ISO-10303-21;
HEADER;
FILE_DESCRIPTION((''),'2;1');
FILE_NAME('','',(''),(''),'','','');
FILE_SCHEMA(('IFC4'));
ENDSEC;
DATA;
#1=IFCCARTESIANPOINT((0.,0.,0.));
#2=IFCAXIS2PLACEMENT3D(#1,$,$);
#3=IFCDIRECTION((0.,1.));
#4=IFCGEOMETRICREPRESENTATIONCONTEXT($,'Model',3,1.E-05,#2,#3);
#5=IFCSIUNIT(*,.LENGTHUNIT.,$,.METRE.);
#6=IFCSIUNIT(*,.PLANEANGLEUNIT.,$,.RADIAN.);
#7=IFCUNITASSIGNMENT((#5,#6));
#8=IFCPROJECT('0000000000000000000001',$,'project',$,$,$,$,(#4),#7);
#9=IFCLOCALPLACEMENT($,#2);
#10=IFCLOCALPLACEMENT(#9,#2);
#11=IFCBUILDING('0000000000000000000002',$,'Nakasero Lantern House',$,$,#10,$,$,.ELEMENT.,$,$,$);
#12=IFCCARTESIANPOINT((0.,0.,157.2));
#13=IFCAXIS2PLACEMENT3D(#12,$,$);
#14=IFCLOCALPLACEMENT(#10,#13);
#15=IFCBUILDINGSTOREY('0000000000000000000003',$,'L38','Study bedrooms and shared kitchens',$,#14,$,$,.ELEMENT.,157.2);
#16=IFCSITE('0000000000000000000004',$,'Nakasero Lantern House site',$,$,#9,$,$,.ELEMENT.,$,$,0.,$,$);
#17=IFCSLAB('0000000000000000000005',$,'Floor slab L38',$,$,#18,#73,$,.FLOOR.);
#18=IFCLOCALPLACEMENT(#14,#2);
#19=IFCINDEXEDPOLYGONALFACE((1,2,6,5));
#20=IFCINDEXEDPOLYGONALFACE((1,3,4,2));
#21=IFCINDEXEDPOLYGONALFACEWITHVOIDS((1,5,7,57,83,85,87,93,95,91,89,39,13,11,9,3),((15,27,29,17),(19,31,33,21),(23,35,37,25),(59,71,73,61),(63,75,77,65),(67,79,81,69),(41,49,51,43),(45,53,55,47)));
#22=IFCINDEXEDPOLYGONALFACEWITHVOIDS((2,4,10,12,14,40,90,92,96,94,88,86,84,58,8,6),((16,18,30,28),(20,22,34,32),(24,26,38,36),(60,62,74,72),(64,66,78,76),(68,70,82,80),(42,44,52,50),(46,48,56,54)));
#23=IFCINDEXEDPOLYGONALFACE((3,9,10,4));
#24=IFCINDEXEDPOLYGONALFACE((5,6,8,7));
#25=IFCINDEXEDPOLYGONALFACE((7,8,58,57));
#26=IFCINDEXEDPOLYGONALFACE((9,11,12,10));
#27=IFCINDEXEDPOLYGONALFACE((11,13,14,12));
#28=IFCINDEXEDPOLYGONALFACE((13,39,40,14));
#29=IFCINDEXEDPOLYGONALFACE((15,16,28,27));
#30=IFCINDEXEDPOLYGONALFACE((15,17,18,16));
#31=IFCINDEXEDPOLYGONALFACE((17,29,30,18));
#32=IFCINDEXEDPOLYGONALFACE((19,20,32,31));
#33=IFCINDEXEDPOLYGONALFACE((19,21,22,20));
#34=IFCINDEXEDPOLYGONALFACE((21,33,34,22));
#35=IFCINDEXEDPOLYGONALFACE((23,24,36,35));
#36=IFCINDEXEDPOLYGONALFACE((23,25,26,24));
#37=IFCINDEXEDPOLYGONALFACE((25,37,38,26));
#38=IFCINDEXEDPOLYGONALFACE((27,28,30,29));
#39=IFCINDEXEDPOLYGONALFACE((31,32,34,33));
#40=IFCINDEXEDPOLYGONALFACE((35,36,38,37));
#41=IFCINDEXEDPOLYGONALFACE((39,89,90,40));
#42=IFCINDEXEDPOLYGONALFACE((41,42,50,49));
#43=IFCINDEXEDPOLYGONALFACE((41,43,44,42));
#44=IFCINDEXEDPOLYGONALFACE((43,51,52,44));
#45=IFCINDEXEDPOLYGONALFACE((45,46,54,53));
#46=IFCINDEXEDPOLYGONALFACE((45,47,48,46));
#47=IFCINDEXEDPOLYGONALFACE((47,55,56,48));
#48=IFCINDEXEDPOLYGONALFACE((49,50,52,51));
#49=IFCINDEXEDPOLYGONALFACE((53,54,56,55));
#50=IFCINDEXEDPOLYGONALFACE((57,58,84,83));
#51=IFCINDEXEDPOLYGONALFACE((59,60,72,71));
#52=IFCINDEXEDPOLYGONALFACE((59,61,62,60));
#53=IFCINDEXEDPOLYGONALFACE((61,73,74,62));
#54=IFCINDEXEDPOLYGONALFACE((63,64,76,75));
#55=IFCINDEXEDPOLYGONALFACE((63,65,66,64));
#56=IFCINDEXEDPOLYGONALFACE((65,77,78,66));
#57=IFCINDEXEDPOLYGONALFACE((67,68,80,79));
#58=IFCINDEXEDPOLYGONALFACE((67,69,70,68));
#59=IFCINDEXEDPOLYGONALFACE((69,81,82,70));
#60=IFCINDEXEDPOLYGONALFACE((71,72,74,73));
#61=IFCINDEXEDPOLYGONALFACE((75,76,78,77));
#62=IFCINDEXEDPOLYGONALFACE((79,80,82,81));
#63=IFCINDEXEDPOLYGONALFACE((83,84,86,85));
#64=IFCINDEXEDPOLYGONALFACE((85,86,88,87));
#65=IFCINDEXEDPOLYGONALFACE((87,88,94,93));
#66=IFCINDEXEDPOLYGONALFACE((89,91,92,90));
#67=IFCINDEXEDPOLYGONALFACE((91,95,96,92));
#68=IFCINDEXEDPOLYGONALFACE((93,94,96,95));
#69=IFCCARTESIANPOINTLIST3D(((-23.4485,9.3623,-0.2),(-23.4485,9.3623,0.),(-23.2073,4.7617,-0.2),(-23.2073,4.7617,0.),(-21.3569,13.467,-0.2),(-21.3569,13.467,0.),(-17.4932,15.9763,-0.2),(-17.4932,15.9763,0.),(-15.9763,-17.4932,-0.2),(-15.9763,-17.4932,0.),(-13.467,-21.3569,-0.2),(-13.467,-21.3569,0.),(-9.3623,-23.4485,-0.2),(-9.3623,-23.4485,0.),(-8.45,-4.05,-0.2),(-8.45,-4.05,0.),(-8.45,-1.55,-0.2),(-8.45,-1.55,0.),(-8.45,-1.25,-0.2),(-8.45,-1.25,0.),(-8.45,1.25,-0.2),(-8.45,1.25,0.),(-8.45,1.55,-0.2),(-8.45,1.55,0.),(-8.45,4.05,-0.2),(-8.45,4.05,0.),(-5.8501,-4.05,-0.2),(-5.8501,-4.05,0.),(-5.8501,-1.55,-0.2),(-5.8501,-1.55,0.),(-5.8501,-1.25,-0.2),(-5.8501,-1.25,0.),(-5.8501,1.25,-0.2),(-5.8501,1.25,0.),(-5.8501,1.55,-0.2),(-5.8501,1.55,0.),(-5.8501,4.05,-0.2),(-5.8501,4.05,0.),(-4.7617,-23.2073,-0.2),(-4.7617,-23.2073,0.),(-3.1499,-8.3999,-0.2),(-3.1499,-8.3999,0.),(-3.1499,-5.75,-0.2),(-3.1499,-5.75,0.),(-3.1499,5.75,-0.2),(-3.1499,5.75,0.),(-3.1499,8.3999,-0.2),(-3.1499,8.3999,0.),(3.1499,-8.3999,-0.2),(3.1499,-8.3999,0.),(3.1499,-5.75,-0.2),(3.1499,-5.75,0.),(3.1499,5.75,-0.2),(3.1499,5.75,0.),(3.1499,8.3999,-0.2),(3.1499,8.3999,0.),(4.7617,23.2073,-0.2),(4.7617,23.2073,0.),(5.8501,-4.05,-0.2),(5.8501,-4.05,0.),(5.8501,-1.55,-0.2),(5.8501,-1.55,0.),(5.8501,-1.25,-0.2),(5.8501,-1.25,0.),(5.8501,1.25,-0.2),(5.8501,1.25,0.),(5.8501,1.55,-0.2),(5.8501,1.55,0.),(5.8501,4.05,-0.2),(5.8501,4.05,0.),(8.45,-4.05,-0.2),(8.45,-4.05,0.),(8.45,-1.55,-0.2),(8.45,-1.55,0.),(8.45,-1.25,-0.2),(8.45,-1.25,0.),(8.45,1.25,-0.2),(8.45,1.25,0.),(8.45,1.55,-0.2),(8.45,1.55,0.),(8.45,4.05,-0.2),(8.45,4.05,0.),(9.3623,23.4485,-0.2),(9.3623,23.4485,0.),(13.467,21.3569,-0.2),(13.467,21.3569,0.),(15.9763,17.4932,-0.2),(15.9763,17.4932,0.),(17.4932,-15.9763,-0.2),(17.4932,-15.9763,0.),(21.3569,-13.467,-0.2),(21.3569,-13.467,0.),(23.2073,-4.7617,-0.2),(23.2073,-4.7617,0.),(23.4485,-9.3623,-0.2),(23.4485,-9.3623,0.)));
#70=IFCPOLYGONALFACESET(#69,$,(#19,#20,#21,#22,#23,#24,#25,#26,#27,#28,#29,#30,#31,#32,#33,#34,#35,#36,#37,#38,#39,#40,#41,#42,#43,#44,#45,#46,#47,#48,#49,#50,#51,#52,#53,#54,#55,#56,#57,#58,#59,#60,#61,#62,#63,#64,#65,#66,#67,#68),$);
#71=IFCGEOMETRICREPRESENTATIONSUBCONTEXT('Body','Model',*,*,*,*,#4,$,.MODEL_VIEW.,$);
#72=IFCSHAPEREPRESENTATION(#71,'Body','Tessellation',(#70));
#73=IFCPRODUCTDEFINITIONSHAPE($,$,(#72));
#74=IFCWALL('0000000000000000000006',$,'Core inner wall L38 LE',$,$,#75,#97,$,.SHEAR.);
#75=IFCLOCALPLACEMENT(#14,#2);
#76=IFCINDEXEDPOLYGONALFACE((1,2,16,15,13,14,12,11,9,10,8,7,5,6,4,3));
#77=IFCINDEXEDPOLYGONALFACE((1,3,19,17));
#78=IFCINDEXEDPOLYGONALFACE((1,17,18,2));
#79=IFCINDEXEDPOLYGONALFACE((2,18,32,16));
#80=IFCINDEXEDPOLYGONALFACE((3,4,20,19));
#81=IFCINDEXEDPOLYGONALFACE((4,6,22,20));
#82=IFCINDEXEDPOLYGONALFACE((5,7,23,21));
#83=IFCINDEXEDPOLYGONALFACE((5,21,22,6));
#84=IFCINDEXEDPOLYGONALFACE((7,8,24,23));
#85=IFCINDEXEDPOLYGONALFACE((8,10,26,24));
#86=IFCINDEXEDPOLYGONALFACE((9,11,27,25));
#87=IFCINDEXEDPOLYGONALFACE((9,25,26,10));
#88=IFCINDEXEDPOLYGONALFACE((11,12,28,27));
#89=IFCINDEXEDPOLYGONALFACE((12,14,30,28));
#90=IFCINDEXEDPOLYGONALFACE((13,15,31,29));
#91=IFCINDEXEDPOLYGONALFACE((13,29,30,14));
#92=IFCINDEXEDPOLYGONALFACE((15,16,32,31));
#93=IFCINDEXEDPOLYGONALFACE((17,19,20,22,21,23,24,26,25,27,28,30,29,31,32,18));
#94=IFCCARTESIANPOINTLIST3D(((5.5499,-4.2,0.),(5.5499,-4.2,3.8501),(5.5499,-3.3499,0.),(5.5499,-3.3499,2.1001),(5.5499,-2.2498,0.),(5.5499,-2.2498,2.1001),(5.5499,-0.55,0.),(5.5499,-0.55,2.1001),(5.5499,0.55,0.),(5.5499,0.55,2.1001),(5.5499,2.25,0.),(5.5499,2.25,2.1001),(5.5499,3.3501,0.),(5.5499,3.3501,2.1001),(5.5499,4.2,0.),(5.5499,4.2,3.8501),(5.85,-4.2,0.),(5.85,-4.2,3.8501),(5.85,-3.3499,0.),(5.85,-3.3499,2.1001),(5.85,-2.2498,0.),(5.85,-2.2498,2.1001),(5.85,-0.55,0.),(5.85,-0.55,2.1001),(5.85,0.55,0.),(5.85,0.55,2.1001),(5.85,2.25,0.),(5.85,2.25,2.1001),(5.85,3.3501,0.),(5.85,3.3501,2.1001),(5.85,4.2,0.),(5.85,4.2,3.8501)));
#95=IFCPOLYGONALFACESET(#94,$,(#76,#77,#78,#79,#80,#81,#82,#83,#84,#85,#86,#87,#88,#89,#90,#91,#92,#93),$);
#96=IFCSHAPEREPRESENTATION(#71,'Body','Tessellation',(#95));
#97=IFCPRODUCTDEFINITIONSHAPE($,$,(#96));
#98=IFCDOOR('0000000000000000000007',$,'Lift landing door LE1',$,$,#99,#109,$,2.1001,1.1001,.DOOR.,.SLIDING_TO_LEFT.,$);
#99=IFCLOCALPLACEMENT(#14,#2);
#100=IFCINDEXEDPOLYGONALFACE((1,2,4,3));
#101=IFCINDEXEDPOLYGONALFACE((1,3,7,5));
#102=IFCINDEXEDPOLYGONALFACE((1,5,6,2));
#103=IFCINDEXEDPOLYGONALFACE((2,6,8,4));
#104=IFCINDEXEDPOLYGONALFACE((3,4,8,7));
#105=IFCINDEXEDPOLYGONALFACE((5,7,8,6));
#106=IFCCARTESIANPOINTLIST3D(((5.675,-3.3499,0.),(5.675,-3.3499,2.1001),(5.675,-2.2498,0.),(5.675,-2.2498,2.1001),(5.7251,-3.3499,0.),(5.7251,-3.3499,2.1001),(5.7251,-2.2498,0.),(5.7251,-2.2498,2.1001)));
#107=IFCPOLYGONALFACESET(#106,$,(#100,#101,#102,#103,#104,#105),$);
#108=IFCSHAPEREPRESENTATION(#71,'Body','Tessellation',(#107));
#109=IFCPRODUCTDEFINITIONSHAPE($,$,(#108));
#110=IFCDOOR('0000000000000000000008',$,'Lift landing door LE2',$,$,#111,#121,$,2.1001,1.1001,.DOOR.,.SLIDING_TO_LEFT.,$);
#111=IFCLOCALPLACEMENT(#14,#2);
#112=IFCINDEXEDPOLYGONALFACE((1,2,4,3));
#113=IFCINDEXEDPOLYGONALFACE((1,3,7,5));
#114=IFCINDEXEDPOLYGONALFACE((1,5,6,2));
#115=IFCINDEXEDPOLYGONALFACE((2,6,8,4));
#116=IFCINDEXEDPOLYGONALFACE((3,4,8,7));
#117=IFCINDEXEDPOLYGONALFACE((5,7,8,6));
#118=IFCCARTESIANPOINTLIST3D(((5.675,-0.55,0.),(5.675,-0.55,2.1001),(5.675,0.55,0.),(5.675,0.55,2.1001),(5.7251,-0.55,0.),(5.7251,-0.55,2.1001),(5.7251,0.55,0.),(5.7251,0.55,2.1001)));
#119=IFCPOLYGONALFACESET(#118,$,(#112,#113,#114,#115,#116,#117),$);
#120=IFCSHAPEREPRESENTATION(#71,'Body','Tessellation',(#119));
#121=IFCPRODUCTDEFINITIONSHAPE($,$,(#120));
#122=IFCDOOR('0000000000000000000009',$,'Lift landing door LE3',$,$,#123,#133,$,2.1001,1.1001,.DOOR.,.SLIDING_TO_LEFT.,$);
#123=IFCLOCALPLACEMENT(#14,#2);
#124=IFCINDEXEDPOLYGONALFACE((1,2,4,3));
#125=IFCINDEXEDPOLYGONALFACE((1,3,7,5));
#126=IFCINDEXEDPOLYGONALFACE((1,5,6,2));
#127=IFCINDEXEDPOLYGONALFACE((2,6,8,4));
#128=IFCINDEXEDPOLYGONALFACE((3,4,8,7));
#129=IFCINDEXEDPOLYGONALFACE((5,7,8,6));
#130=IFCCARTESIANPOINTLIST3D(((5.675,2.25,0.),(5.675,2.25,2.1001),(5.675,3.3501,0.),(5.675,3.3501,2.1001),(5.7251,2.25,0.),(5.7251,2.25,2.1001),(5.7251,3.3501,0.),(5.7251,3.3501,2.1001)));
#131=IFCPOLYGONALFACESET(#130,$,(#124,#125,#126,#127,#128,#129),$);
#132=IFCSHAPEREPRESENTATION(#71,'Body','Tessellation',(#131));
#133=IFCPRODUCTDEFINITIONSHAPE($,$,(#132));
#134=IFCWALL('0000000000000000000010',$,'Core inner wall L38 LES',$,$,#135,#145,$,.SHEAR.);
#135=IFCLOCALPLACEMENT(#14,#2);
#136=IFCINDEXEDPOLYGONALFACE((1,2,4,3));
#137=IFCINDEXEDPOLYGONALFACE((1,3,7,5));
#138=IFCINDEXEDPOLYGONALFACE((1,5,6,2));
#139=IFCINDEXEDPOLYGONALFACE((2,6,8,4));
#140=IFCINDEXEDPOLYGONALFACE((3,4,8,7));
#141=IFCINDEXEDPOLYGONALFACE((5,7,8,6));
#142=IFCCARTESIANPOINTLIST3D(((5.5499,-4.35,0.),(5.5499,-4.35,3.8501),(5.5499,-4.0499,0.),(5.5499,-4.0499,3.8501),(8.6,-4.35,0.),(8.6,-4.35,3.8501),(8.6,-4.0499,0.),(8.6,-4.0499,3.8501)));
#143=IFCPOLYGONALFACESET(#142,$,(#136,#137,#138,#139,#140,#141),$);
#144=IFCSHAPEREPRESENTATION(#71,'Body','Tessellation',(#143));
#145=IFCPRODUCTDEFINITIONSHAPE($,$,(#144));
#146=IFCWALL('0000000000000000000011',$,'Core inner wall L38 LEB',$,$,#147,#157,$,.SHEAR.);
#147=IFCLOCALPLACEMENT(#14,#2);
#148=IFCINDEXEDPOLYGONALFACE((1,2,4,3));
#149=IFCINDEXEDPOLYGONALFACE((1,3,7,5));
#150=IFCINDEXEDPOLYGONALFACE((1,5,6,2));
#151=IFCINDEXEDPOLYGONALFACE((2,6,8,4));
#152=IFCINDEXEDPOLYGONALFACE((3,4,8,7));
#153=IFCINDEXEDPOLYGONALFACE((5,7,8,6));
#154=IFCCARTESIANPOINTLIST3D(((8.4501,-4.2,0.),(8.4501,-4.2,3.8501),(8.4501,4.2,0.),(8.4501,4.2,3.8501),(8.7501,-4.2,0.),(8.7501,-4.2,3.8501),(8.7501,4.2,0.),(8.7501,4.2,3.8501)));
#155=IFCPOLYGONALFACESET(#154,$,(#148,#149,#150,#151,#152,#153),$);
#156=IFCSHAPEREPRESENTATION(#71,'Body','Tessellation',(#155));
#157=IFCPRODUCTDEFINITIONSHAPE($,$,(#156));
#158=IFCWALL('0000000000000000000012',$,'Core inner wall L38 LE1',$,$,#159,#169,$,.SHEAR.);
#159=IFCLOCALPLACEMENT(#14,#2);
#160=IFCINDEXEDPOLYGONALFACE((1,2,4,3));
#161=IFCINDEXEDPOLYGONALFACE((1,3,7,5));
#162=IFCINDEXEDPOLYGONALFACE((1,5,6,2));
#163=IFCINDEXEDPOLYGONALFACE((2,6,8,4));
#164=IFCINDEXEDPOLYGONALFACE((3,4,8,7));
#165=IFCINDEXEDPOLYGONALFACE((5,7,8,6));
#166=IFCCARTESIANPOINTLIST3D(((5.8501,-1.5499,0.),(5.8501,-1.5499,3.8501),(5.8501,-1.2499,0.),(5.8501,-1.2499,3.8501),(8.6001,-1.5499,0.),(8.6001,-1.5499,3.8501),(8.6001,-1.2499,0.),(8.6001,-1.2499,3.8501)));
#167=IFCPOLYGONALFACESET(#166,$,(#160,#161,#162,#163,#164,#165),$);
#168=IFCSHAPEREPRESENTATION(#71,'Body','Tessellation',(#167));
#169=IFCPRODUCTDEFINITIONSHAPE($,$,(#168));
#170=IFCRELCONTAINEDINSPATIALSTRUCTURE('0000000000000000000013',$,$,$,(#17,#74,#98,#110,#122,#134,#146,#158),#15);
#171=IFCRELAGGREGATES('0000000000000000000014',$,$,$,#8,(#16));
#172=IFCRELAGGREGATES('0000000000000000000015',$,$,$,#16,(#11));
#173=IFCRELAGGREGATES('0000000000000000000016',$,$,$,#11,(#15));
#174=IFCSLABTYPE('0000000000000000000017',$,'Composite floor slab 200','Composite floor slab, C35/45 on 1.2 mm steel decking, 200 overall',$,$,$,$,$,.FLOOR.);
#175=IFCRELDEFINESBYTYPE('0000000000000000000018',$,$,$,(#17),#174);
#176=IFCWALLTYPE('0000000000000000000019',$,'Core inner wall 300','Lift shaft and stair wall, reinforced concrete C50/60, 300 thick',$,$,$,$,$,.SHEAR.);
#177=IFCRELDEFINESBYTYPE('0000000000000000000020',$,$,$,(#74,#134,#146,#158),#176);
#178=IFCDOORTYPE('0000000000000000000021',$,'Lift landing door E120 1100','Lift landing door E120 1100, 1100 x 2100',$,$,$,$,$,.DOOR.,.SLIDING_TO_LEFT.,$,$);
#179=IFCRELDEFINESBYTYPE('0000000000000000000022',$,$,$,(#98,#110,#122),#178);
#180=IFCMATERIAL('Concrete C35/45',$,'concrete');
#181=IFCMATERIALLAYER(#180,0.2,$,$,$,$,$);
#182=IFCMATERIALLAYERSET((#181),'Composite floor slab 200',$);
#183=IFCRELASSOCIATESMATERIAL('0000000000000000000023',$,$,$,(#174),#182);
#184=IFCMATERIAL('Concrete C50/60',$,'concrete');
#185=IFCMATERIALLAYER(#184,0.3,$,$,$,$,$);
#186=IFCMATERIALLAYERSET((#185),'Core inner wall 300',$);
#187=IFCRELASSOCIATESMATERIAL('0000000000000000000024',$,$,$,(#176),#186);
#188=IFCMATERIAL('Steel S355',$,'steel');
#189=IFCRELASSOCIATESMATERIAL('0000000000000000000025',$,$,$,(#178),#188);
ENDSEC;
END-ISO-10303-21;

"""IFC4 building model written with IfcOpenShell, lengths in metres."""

from ifc_helpers import new_model, si_unit, direction, frame, frame_2d, origin, place, context, subcontext, project, spatial, polyline, rectangle, outline, extrude, material, layer, layer_set, type_object, element, fill, save


model = new_model("IFC4")

# Units and contexts
model_context = context("Model", 3, precision=1e-05, world=origin(), true_north=direction((0.0, 1.0)))
body_context = subcontext(model_context, "Body", "Model", "MODEL_VIEW")
ifc_project = project(units=[si_unit("LENGTHUNIT", "METRE"), si_unit("PLANEANGLEUNIT", "RADIAN")], contexts=[model_context])

# Site, building, storey
site_placement = place(None, origin())
site = spatial("IfcSite", under=ifc_project, at=site_placement, Name="Nakasero Lantern House site", CompositionType="ELEMENT", RefElevation=0.0)
building_placement = place(site_placement, origin())
building = spatial("IfcBuilding", under=site, at=building_placement, Name="Nakasero Lantern House", CompositionType="ELEMENT")
storey_placement = place(building_placement, frame((0.0, 0.0, 157.2)))
storey = spatial("IfcBuildingStorey", under=building, at=storey_placement, Name="L38", Description="Study bedrooms and shared kitchens", CompositionType="ELEMENT", Elevation=157.2)

# Slab
ifc_material_1 = material(Name="Concrete C35/45", Category="concrete")
ifc_layer_1 = layer(ifc_material_1, 0.2)
ifc_layer_set_1 = layer_set([ifc_layer_1], Name="Composite floor slab 200")
slab_type_1 = type_object("IfcSlabType", Name="Composite floor slab 200", Description="Composite floor slab, C35/45 on 1.2 mm steel decking, 200 overall", PredefinedType="FLOOR", material=ifc_layer_set_1)
slab_1_placement = place(storey_placement, frame((0.0, 0.0, -0.2)))
element("IfcSlab", 1, at=slab_1_placement, inside=storey, type_object=slab_type_1, Name="Floor slab L38", PredefinedType="FLOOR", context=body_context, shape_type="SweptSolid", body=[
    extrude(outline(polyline([(15.9763, 17.4932), (13.467, 21.3569), (9.3623, 23.4485), (4.7617, 23.2073), (-17.4932, 15.9763), (-21.3569, 13.467), (-23.4485, 9.3623), (-23.2073, 4.7617), (-15.9763, -17.4932), (-13.467, -21.3569), (-9.3623, -23.4485), (-4.7617, -23.2073), (17.4932, -15.9763), (21.3569, -13.467), (23.4485, -9.3623), (23.2073, -4.7617), (15.9763, 17.4932)]), holes=[polyline([(-8.45, -4.05), (-5.8501, -4.05), (-5.8501, -1.55), (-8.45, -1.55), (-8.45, -4.05)]), polyline([(-8.45, -1.25), (-5.8501, -1.25), (-5.8501, 1.25), (-8.45, 1.25), (-8.45, -1.25)]), polyline([(-8.45, 1.55), (-5.8501, 1.55), (-5.8501, 4.05), (-8.45, 4.05), (-8.45, 1.55)]), polyline([(5.8501, -4.05), (8.45, -4.05), (8.45, -1.55), (5.8501, -1.55), (5.8501, -4.05)]), polyline([(5.8501, -1.25), (8.45, -1.25), (8.45, 1.25), (5.8501, 1.25), (5.8501, -1.25)]), polyline([(5.8501, 1.55), (8.45, 1.55), (8.45, 4.05), (5.8501, 4.05), (5.8501, 1.55)]), polyline([(-3.1499, 5.75), (3.1499, 5.75), (3.1499, 8.3999), (-3.1499, 8.3999), (-3.1499, 5.75)]), polyline([(-3.1499, -8.3999), (3.1499, -8.3999), (3.1499, -5.75), (-3.1499, -5.75), (-3.1499, -8.3999)])]), origin(), (0.0, 0.0, 1.0), 0.2),
])

# Wall, openings, doors
ifc_material_2 = material(Name="Concrete C50/60", Category="concrete")
ifc_layer_2 = layer(ifc_material_2, 0.3)
ifc_layer_set_2 = layer_set([ifc_layer_2], Name="Core inner wall 300")
wall_type_1 = type_object("IfcWallType", Name="Core inner wall 300", Description="Lift shaft and stair wall, reinforced concrete C50/60, 300 thick", PredefinedType="SHEAR", material=ifc_layer_set_2)
wall_1_placement = place(storey_placement, frame((5.7, -4.2, 0.0), z_axis=(0.0, 0.0, 1.0), x_axis=(0.0, 1.0, 0.0)))
wall_1 = element("IfcWall", 2, at=wall_1_placement, inside=storey, type_object=wall_type_1, Name="Core inner wall L38 LE", PredefinedType="SHEAR", context=body_context, shape_type="SweptSolid", body=[
    extrude(rectangle(XDim=8.3999, YDim=0.3, at=frame_2d((4.2, 0.0))), origin(), (0.0, 0.0, 1.0), 3.8501),
])
opening_1_placement = place(wall_1_placement, frame((0.8501, 0.0, 0.0)))
opening_1 = element("IfcOpeningElement", 3, at=opening_1_placement, cuts=wall_1, PredefinedType="OPENING", context=body_context, shape_type="SweptSolid", body=[
    extrude(rectangle(XDim=1.1001, YDim=2.1001, at=frame_2d((0.55, 1.05))), frame((0.0, 0.1699, 0.0), z_axis=(0.0, -1.0, 0.0), x_axis=(1.0, 0.0, 0.0)), (0.0, 0.0, 1.0), 0.3401),
])
opening_2_placement = place(wall_1_placement, frame((3.6499, 0.0, 0.0)))
opening_2 = element("IfcOpeningElement", 4, at=opening_2_placement, cuts=wall_1, PredefinedType="OPENING", context=body_context, shape_type="SweptSolid", body=[
    extrude(rectangle(XDim=1.1001, YDim=2.1001, at=frame_2d((0.55, 1.05))), frame((0.0, 0.1699, 0.0), z_axis=(0.0, -1.0, 0.0), x_axis=(1.0, 0.0, 0.0)), (0.0, 0.0, 1.0), 0.3401),
])
opening_3_placement = place(wall_1_placement, frame((6.45, 0.0, 0.0)))
opening_3 = element("IfcOpeningElement", 5, at=opening_3_placement, cuts=wall_1, PredefinedType="OPENING", context=body_context, shape_type="SweptSolid", body=[
    extrude(rectangle(XDim=1.1001, YDim=2.1001, at=frame_2d((0.55, 1.05))), frame((0.0, 0.1699, 0.0), z_axis=(0.0, -1.0, 0.0), x_axis=(1.0, 0.0, 0.0)), (0.0, 0.0, 1.0), 0.3401),
])
ifc_material_3 = material(Name="Steel S355", Category="steel")
door_type_1 = type_object("IfcDoorType", Name="Lift landing door E120 1100", Description="Lift landing door E120 1100, 1100 x 2100", OperationType="SLIDING_TO_LEFT", PredefinedType="DOOR", material=ifc_material_3)
door_1_placement = place(opening_1_placement, origin())
door_1 = element("IfcDoor", 6, at=door_1_placement, inside=storey, type_object=door_type_1, Name="Lift landing door LE1", OperationType="SLIDING_TO_LEFT", OverallHeight=2.1001, OverallWidth=1.1001, PredefinedType="DOOR", context=body_context, shape_type="SweptSolid", body=[
    extrude(rectangle(XDim=1.1001, YDim=2.1001, at=frame_2d((0.55, 1.05))), frame((0.0, 0.0249, 0.0), z_axis=(0.0, -1.0, 0.0), x_axis=(1.0, 0.0, 0.0)), (0.0, 0.0, 1.0), 0.05),
])
fill(opening_1, door_1)
door_2_placement = place(opening_2_placement, origin())
door_2 = element("IfcDoor", 7, at=door_2_placement, inside=storey, type_object=door_type_1, Name="Lift landing door LE2", OperationType="SLIDING_TO_LEFT", OverallHeight=2.1001, OverallWidth=1.1001, PredefinedType="DOOR", context=body_context, shape_type="SweptSolid", body=[
    extrude(rectangle(XDim=1.1001, YDim=2.1001, at=frame_2d((0.55, 1.05))), frame((0.0, 0.0249, 0.0), z_axis=(0.0, -1.0, 0.0), x_axis=(1.0, 0.0, 0.0)), (0.0, 0.0, 1.0), 0.05),
])
fill(opening_2, door_2)
door_3_placement = place(opening_3_placement, origin())
door_3 = element("IfcDoor", 8, at=door_3_placement, inside=storey, type_object=door_type_1, Name="Lift landing door LE3", OperationType="SLIDING_TO_LEFT", OverallHeight=2.1001, OverallWidth=1.1001, PredefinedType="DOOR", context=body_context, shape_type="SweptSolid", body=[
    extrude(rectangle(XDim=1.1001, YDim=2.1001, at=frame_2d((0.55, 1.05))), frame((0.0, 0.0249, 0.0), z_axis=(0.0, -1.0, 0.0), x_axis=(1.0, 0.0, 0.0)), (0.0, 0.0, 1.0), 0.05),
])
fill(opening_3, door_3)

# Walls
wall_2_placement = place(storey_placement, frame((5.55, -4.2, 0.0), z_axis=(0.0, 0.0, 1.0), x_axis=(1.0, 0.0, 0.0)))
element("IfcWall", 9, at=wall_2_placement, inside=storey, type_object=wall_type_1, Name="Core inner wall L38 LES", PredefinedType="SHEAR", context=body_context, shape_type="SweptSolid", body=[
    extrude(rectangle(XDim=3.05, YDim=0.3, at=frame_2d((1.5249, 0.0))), origin(), (0.0, 0.0, 1.0), 3.8501),
])
wall_3_placement = place(storey_placement, frame((8.6001, -4.2, 0.0), z_axis=(0.0, 0.0, 1.0), x_axis=(0.0, 1.0, 0.0)))
element("IfcWall", 10, at=wall_3_placement, inside=storey, type_object=wall_type_1, Name="Core inner wall L38 LEB", PredefinedType="SHEAR", context=body_context, shape_type="SweptSolid", body=[
    extrude(rectangle(XDim=8.3999, YDim=0.3, at=frame_2d((4.2, 0.0))), origin(), (0.0, 0.0, 1.0), 3.8501),
])
wall_4_placement = place(storey_placement, frame((5.8501, -1.3999, 0.0), z_axis=(0.0, 0.0, 1.0), x_axis=(1.0, 0.0, 0.0)))
element("IfcWall", 11, at=wall_4_placement, inside=storey, type_object=wall_type_1, Name="Core inner wall L38 LE1", PredefinedType="SHEAR", context=body_context, shape_type="SweptSolid", body=[
    extrude(rectangle(XDim=2.75, YDim=0.3, at=frame_2d((1.375, 0.0))), origin(), (0.0, 0.0, 1.0), 3.8501),
])

save(model, "model.ifc")
